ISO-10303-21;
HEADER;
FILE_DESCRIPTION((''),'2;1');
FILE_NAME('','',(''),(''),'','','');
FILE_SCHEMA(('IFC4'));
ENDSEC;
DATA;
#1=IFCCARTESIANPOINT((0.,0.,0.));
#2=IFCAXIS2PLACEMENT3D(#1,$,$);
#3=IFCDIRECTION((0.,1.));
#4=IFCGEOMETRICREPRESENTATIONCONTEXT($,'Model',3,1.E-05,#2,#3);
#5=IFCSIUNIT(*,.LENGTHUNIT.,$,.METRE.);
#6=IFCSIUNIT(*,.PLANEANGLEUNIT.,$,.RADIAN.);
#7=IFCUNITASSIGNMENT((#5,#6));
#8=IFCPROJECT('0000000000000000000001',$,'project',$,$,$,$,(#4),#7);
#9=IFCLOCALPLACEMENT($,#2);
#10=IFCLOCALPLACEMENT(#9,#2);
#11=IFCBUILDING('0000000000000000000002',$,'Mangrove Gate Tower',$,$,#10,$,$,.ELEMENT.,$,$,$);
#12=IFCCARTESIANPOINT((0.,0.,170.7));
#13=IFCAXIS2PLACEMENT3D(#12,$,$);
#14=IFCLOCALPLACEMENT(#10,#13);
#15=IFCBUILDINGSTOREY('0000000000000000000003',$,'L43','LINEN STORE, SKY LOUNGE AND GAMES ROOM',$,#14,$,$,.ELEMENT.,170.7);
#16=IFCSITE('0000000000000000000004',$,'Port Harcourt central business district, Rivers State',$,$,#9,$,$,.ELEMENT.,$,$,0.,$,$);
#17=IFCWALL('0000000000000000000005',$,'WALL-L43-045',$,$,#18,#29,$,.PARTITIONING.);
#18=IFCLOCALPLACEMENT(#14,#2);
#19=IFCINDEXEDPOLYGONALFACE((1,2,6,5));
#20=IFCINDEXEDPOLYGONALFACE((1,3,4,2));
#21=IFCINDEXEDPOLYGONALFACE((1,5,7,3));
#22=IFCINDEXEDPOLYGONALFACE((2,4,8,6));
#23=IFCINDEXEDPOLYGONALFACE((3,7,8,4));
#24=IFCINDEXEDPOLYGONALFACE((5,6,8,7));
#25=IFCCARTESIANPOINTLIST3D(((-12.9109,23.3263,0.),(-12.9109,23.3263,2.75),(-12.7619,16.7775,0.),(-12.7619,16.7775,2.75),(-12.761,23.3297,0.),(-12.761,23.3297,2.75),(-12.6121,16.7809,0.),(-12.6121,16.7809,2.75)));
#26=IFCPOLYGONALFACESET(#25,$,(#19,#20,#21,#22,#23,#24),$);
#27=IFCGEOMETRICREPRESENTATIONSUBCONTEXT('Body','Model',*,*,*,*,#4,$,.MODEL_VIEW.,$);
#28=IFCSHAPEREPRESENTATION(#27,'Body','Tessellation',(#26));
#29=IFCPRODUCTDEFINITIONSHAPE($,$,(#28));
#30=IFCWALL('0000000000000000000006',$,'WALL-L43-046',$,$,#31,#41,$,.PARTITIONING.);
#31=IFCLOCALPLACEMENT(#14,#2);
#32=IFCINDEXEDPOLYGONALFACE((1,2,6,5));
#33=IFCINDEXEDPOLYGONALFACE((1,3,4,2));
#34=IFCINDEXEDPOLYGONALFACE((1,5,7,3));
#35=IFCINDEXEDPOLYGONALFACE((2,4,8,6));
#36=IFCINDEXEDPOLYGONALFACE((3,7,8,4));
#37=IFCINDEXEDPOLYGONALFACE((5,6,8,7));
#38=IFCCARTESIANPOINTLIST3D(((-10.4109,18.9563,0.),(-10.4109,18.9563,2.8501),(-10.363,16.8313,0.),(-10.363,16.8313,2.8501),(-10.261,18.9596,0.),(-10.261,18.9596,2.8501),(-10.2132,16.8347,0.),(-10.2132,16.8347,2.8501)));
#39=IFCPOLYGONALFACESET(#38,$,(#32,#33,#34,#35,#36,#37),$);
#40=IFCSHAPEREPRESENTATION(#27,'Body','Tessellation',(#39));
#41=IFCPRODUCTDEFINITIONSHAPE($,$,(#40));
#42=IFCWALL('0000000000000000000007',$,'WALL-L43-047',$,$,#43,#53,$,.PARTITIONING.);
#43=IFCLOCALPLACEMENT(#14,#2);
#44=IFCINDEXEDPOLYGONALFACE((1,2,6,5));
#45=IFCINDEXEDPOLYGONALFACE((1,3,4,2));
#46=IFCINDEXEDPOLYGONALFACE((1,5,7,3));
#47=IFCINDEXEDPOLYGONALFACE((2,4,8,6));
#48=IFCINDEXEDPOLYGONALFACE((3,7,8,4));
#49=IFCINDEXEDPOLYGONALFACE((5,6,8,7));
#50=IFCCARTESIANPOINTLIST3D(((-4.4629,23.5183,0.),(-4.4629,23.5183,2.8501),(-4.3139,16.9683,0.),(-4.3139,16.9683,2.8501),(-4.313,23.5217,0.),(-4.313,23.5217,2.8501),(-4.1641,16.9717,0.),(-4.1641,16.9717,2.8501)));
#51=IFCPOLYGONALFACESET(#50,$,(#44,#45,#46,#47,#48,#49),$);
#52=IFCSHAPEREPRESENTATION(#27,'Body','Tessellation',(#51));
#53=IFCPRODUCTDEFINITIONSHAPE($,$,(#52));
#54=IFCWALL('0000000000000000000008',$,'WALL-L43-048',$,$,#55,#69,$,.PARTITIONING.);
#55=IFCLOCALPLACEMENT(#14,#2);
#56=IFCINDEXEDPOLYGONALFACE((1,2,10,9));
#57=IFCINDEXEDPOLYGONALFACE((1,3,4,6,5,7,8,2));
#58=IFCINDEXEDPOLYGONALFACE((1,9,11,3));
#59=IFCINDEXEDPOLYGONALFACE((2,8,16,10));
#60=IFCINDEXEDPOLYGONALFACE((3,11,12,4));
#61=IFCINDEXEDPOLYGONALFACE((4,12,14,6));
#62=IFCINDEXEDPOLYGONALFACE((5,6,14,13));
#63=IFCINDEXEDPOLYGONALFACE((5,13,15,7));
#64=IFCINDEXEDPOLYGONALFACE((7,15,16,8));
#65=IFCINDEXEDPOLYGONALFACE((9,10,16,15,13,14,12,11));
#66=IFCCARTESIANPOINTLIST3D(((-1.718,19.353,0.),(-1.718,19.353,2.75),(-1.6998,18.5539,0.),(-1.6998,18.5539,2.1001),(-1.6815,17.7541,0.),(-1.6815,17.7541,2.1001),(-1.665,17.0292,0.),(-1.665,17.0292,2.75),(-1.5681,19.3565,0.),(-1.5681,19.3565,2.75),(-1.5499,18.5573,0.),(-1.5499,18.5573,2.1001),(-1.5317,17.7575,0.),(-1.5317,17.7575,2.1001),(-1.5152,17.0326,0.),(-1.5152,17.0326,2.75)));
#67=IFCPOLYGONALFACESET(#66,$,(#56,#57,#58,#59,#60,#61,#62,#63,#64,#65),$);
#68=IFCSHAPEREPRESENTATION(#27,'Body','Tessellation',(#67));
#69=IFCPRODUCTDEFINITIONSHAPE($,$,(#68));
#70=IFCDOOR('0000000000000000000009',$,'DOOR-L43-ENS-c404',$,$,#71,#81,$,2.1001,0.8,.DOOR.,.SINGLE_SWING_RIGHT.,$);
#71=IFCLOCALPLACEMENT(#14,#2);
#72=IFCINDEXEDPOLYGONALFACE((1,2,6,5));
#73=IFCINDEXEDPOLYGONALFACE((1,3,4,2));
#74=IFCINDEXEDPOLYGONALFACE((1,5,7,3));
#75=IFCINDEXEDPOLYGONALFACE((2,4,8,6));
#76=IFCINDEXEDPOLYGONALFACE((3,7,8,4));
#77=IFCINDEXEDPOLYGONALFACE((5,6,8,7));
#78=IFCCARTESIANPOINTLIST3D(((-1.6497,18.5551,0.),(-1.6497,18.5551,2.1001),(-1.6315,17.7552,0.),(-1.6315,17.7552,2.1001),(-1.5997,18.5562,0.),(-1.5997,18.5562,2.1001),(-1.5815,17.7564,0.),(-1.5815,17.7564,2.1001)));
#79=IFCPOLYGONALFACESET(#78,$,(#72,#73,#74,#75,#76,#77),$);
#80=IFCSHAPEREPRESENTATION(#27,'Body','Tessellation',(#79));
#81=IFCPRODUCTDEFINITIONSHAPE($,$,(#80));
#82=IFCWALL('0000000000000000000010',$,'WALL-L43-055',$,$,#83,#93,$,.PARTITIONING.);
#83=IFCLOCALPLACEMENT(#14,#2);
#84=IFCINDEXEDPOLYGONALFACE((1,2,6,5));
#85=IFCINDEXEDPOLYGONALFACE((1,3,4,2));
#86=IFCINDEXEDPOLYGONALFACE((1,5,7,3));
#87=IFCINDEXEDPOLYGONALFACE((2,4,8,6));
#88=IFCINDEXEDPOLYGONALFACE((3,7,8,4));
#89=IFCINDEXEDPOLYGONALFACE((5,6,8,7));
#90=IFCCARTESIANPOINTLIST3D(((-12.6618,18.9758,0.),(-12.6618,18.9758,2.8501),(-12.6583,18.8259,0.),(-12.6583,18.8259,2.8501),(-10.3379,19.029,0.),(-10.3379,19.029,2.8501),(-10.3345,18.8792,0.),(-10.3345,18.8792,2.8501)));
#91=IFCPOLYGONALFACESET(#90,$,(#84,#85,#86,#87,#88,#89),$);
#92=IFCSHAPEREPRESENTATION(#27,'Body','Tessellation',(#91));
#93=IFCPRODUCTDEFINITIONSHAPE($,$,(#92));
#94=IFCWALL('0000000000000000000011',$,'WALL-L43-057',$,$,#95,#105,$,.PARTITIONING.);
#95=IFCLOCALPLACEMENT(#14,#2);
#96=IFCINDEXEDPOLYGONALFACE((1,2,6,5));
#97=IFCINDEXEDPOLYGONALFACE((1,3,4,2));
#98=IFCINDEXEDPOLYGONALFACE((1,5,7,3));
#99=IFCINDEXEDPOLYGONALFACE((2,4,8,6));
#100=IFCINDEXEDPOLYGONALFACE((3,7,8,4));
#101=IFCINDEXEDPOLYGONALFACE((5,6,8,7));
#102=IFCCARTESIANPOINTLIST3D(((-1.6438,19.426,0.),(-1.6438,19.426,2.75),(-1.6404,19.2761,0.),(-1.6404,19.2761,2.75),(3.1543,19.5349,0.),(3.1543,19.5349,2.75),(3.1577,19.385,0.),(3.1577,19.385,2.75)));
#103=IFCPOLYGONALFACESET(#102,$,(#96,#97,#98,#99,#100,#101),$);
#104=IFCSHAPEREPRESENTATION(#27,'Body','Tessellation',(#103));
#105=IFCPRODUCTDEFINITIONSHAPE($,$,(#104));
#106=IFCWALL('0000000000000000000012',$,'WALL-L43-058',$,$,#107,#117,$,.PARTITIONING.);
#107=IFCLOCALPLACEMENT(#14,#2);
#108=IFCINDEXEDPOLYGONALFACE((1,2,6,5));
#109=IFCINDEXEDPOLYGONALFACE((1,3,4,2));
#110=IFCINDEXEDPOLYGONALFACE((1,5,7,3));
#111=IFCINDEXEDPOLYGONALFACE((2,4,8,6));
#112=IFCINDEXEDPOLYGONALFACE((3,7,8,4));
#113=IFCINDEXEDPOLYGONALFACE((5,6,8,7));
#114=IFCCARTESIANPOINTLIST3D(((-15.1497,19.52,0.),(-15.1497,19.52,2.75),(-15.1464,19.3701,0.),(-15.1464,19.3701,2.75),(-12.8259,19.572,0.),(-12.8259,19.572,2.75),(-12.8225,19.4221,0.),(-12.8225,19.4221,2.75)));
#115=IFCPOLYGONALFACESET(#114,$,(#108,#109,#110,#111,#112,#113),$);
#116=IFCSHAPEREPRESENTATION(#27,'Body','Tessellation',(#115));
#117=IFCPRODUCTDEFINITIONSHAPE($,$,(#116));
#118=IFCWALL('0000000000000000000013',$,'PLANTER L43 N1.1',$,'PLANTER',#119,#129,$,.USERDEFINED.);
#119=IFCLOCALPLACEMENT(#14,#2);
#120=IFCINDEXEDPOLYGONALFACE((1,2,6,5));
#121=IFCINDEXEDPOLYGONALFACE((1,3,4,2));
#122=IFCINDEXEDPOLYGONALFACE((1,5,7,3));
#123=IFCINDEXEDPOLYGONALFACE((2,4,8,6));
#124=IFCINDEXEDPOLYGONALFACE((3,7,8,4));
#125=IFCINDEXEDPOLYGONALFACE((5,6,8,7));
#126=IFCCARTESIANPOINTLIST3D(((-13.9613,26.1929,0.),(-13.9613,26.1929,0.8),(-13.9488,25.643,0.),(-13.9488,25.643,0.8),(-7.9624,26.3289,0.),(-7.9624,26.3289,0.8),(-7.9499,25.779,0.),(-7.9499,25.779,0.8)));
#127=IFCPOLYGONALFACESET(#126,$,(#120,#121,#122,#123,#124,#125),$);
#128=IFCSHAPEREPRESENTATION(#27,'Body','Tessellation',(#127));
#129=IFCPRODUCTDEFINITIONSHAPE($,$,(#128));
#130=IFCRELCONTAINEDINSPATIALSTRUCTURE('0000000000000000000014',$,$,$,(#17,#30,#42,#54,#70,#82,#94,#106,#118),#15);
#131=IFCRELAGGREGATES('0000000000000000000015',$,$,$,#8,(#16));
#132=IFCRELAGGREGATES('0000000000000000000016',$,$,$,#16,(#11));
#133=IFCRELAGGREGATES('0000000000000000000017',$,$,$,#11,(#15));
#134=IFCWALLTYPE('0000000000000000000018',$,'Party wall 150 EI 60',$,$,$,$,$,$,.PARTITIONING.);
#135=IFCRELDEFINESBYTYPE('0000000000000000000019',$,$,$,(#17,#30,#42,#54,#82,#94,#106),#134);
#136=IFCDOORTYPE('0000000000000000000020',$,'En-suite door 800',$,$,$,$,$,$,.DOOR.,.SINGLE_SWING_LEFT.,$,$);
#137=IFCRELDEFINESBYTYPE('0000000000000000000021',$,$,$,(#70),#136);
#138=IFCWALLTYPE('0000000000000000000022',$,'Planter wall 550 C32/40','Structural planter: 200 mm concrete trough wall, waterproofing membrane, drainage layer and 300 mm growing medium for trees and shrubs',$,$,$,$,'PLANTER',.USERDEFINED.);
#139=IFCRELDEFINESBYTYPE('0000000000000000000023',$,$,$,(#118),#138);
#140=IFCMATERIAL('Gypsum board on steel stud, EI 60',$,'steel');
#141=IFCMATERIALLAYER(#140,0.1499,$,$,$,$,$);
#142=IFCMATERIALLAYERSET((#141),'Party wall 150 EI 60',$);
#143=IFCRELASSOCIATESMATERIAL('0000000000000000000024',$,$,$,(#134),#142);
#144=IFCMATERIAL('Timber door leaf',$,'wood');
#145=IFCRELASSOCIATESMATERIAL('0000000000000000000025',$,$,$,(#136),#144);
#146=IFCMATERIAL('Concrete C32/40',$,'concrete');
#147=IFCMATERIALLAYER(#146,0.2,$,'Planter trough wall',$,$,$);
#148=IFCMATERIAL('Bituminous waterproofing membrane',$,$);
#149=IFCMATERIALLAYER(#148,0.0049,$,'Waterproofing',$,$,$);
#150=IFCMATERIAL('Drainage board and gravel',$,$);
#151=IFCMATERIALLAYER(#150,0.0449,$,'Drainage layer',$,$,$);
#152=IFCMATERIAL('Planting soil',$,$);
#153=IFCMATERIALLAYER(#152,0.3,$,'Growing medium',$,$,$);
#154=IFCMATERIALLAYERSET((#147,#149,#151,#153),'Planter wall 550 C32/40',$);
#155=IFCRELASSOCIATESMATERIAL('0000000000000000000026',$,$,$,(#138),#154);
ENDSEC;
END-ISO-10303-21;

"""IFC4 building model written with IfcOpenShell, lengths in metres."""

from ifc_helpers import new_model, si_unit, direction, frame, frame_2d, origin, place, context, subcontext, project, spatial, rectangle, extrude, material, layer, layer_set, type_object, element, fill, save


model = new_model("IFC4")

# Units and contexts
model_context = context("Model", 3, precision=1e-05, world=origin(), true_north=direction((0.0, 1.0)))
body_context = subcontext(model_context, "Body", "Model", "MODEL_VIEW")
ifc_project = project(units=[si_unit("LENGTHUNIT", "METRE"), si_unit("PLANEANGLEUNIT", "RADIAN")], contexts=[model_context])

# Site, building, storey
site_placement = place(None, origin())
site = spatial("IfcSite", under=ifc_project, at=site_placement, Name="Port Harcourt central business district, Rivers State", CompositionType="ELEMENT", RefElevation=0.0)
building_placement = place(site_placement, origin())
building = spatial("IfcBuilding", under=site, at=building_placement, Name="Mangrove Gate Tower", CompositionType="ELEMENT")
storey_placement = place(building_placement, frame((0.0, 0.0, 170.7)))
storey = spatial("IfcBuildingStorey", under=building, at=storey_placement, Name="L43", Description="LINEN STORE, SKY LOUNGE AND GAMES ROOM", CompositionType="ELEMENT", Elevation=170.7)

# Walls
ifc_material_1 = material(Name="Gypsum board on steel stud, EI 60", Category="steel")
ifc_layer_1 = layer(ifc_material_1, 0.1499)
ifc_layer_set_1 = layer_set([ifc_layer_1], Name="Party wall 150 EI 60")
wall_type_1 = type_object("IfcWallType", Name="Party wall 150 EI 60", PredefinedType="PARTITIONING", material=ifc_layer_set_1)
wall_1_placement = place(storey_placement, frame((-12.687, 16.7791, 0.0), z_axis=(0.0, 0.0, 1.0), x_axis=(-0.022735, 0.999742, 0.0)))
element("IfcWall", 1, at=wall_1_placement, inside=storey, type_object=wall_type_1, Name="WALL-L43-045", PredefinedType="PARTITIONING", context=body_context, shape_type="SweptSolid", body=[
    extrude(rectangle(XDim=6.5505, YDim=0.1499, at=frame_2d((3.2754, 0.0))), origin(), (0.0, 0.0, 1.0), 2.75),
])
wall_2_placement = place(storey_placement, frame((-10.2881, 16.833, 0.0), z_axis=(0.0, 0.0, 1.0), x_axis=(-0.022513, 0.999747, 0.0)))
element("IfcWall", 2, at=wall_2_placement, inside=storey, type_object=wall_type_1, Name="WALL-L43-046", PredefinedType="PARTITIONING", context=body_context, shape_type="SweptSolid", body=[
    extrude(rectangle(XDim=2.1255, YDim=0.1499, at=frame_2d((1.0627, 0.0))), origin(), (0.0, 0.0, 1.0), 2.8501),
])
wall_3_placement = place(storey_placement, frame((-4.239, 16.97, 0.0), z_axis=(0.0, 0.0, 1.0), x_axis=(-0.022731, 0.999742, 0.0)))
element("IfcWall", 3, at=wall_3_placement, inside=storey, type_object=wall_type_1, Name="WALL-L43-047", PredefinedType="PARTITIONING", context=body_context, shape_type="SweptSolid", body=[
    extrude(rectangle(XDim=6.5518, YDim=0.1499, at=frame_2d((3.2759, 0.0))), origin(), (0.0, 0.0, 1.0), 2.8501),
])

# Wall, opening, door
wall_4_placement = place(storey_placement, frame((-1.5901, 17.031, 0.0), z_axis=(0.0, 0.0, 1.0), x_axis=(-0.022791, 0.99974, 0.0)))
wall_4 = element("IfcWall", 4, at=wall_4_placement, inside=storey, type_object=wall_type_1, Name="WALL-L43-048", PredefinedType="PARTITIONING", context=body_context, shape_type="SweptSolid", body=[
    extrude(rectangle(XDim=2.3245, YDim=0.1499, at=frame_2d((1.1621, 0.0))), origin(), (0.0, 0.0, 1.0), 2.75),
])
opening_placement = place(wall_4_placement, frame((0.7251, 0.0, 0.0)))
opening = element("IfcOpeningElement", 5, at=opening_placement, cuts=wall_4, PredefinedType="OPENING", context=body_context, shape_type="SweptSolid", body=[
    extrude(rectangle(XDim=0.8, YDim=2.1001, at=frame_2d((0.3999, 1.05))), frame((0.0, 0.085, 0.0), z_axis=(0.0, -1.0, 0.0), x_axis=(1.0, 0.0, 0.0)), (0.0, 0.0, 1.0), 0.1699),
])
ifc_material_2 = material(Name="Timber door leaf", Category="wood")
door_type = type_object("IfcDoorType", Name="En-suite door 800", OperationType="SINGLE_SWING_LEFT", PredefinedType="DOOR", material=ifc_material_2)
door_placement = place(opening_placement, origin())
door = element("IfcDoor", 6, at=door_placement, inside=storey, type_object=door_type, Name="DOOR-L43-ENS-c404", OperationType="SINGLE_SWING_RIGHT", OverallHeight=2.1001, OverallWidth=0.8, PredefinedType="DOOR", context=body_context, shape_type="SweptSolid", body=[
    extrude(rectangle(XDim=0.8, YDim=2.1001, at=frame_2d((0.3999, 1.05))), frame((0.0, 0.0249, 0.0), z_axis=(0.0, -1.0, 0.0), x_axis=(1.0, 0.0, 0.0)), (0.0, 0.0, 1.0), 0.05),
])
fill(opening, door)

# Walls
wall_5_placement = place(storey_placement, frame((-12.6599, 18.9009, 0.0), z_axis=(0.0, 0.0, 1.0), x_axis=(0.999738, 0.022896, 0.0)))
element("IfcWall", 7, at=wall_5_placement, inside=storey, type_object=wall_type_1, Name="WALL-L43-055", PredefinedType="PARTITIONING", context=body_context, shape_type="SweptSolid", body=[
    extrude(rectangle(XDim=2.3245, YDim=0.1499, at=frame_2d((1.1621, 0.0))), origin(), (0.0, 0.0, 1.0), 2.8501),
])
wall_6_placement = place(storey_placement, frame((-1.6421, 19.3511, 0.0), z_axis=(0.0, 0.0, 1.0), x_axis=(0.999743, 0.022688, 0.0)))
element("IfcWall", 8, at=wall_6_placement, inside=storey, type_object=wall_type_1, Name="WALL-L43-057", PredefinedType="PARTITIONING", context=body_context, shape_type="SweptSolid", body=[
    extrude(rectangle(XDim=4.7993, YDim=0.1499, at=frame_2d((2.3997, 0.0))), origin(), (0.0, 0.0, 1.0), 2.75),
])
wall_7_placement = place(storey_placement, frame((-15.1479, 19.4451, 0.0), z_axis=(0.0, 0.0, 1.0), x_axis=(0.99975, 0.022371, 0.0)))
element("IfcWall", 9, at=wall_7_placement, inside=storey, type_object=wall_type_1, Name="WALL-L43-058", PredefinedType="PARTITIONING", context=body_context, shape_type="SweptSolid", body=[
    extrude(rectangle(XDim=2.3245, YDim=0.1499, at=frame_2d((1.1621, 0.0))), origin(), (0.0, 0.0, 1.0), 2.75),
])
ifc_material_3 = material(Name="Concrete C32/40", Category="concrete")
ifc_layer_2 = layer(ifc_material_3, 0.2, Name="Planter trough wall")
ifc_material_4 = material(Name="Bituminous waterproofing membrane")
ifc_layer_3 = layer(ifc_material_4, 0.0049, Name="Waterproofing")
ifc_material_5 = material(Name="Drainage board and gravel")
ifc_layer_4 = layer(ifc_material_5, 0.0449, Name="Drainage layer")
ifc_material_6 = material(Name="Planting soil")
ifc_layer_5 = layer(ifc_material_6, 0.3, Name="Growing medium")
ifc_layer_set_2 = layer_set([ifc_layer_2, ifc_layer_3, ifc_layer_4, ifc_layer_5], Name="Planter wall 550 C32/40")
wall_type_2 = type_object("IfcWallType", Name="Planter wall 550 C32/40", Description="Structural planter: 200 mm concrete trough wall, waterproofing membrane, drainage layer and 300 mm growing medium for trees and shrubs", ElementType="PLANTER", PredefinedType="USERDEFINED", material=ifc_layer_set_2)
wall_8_placement = place(storey_placement, frame((-13.9551, 25.918, 0.0), z_axis=(0.0, 0.0, 1.0), x_axis=(0.999743, 0.022662, 0.0)))
element("IfcWall", 10, at=wall_8_placement, inside=storey, type_object=wall_type_2, Name="PLANTER L43 N1.1", ObjectType="PLANTER", PredefinedType="USERDEFINED", context=body_context, shape_type="SweptSolid", body=[
    extrude(rectangle(XDim=6.0005, YDim=0.55, at=frame_2d((3.0002, 0.0))), origin(), (0.0, 0.0, 1.0), 0.8),
])

save(model, "model.ifc")
